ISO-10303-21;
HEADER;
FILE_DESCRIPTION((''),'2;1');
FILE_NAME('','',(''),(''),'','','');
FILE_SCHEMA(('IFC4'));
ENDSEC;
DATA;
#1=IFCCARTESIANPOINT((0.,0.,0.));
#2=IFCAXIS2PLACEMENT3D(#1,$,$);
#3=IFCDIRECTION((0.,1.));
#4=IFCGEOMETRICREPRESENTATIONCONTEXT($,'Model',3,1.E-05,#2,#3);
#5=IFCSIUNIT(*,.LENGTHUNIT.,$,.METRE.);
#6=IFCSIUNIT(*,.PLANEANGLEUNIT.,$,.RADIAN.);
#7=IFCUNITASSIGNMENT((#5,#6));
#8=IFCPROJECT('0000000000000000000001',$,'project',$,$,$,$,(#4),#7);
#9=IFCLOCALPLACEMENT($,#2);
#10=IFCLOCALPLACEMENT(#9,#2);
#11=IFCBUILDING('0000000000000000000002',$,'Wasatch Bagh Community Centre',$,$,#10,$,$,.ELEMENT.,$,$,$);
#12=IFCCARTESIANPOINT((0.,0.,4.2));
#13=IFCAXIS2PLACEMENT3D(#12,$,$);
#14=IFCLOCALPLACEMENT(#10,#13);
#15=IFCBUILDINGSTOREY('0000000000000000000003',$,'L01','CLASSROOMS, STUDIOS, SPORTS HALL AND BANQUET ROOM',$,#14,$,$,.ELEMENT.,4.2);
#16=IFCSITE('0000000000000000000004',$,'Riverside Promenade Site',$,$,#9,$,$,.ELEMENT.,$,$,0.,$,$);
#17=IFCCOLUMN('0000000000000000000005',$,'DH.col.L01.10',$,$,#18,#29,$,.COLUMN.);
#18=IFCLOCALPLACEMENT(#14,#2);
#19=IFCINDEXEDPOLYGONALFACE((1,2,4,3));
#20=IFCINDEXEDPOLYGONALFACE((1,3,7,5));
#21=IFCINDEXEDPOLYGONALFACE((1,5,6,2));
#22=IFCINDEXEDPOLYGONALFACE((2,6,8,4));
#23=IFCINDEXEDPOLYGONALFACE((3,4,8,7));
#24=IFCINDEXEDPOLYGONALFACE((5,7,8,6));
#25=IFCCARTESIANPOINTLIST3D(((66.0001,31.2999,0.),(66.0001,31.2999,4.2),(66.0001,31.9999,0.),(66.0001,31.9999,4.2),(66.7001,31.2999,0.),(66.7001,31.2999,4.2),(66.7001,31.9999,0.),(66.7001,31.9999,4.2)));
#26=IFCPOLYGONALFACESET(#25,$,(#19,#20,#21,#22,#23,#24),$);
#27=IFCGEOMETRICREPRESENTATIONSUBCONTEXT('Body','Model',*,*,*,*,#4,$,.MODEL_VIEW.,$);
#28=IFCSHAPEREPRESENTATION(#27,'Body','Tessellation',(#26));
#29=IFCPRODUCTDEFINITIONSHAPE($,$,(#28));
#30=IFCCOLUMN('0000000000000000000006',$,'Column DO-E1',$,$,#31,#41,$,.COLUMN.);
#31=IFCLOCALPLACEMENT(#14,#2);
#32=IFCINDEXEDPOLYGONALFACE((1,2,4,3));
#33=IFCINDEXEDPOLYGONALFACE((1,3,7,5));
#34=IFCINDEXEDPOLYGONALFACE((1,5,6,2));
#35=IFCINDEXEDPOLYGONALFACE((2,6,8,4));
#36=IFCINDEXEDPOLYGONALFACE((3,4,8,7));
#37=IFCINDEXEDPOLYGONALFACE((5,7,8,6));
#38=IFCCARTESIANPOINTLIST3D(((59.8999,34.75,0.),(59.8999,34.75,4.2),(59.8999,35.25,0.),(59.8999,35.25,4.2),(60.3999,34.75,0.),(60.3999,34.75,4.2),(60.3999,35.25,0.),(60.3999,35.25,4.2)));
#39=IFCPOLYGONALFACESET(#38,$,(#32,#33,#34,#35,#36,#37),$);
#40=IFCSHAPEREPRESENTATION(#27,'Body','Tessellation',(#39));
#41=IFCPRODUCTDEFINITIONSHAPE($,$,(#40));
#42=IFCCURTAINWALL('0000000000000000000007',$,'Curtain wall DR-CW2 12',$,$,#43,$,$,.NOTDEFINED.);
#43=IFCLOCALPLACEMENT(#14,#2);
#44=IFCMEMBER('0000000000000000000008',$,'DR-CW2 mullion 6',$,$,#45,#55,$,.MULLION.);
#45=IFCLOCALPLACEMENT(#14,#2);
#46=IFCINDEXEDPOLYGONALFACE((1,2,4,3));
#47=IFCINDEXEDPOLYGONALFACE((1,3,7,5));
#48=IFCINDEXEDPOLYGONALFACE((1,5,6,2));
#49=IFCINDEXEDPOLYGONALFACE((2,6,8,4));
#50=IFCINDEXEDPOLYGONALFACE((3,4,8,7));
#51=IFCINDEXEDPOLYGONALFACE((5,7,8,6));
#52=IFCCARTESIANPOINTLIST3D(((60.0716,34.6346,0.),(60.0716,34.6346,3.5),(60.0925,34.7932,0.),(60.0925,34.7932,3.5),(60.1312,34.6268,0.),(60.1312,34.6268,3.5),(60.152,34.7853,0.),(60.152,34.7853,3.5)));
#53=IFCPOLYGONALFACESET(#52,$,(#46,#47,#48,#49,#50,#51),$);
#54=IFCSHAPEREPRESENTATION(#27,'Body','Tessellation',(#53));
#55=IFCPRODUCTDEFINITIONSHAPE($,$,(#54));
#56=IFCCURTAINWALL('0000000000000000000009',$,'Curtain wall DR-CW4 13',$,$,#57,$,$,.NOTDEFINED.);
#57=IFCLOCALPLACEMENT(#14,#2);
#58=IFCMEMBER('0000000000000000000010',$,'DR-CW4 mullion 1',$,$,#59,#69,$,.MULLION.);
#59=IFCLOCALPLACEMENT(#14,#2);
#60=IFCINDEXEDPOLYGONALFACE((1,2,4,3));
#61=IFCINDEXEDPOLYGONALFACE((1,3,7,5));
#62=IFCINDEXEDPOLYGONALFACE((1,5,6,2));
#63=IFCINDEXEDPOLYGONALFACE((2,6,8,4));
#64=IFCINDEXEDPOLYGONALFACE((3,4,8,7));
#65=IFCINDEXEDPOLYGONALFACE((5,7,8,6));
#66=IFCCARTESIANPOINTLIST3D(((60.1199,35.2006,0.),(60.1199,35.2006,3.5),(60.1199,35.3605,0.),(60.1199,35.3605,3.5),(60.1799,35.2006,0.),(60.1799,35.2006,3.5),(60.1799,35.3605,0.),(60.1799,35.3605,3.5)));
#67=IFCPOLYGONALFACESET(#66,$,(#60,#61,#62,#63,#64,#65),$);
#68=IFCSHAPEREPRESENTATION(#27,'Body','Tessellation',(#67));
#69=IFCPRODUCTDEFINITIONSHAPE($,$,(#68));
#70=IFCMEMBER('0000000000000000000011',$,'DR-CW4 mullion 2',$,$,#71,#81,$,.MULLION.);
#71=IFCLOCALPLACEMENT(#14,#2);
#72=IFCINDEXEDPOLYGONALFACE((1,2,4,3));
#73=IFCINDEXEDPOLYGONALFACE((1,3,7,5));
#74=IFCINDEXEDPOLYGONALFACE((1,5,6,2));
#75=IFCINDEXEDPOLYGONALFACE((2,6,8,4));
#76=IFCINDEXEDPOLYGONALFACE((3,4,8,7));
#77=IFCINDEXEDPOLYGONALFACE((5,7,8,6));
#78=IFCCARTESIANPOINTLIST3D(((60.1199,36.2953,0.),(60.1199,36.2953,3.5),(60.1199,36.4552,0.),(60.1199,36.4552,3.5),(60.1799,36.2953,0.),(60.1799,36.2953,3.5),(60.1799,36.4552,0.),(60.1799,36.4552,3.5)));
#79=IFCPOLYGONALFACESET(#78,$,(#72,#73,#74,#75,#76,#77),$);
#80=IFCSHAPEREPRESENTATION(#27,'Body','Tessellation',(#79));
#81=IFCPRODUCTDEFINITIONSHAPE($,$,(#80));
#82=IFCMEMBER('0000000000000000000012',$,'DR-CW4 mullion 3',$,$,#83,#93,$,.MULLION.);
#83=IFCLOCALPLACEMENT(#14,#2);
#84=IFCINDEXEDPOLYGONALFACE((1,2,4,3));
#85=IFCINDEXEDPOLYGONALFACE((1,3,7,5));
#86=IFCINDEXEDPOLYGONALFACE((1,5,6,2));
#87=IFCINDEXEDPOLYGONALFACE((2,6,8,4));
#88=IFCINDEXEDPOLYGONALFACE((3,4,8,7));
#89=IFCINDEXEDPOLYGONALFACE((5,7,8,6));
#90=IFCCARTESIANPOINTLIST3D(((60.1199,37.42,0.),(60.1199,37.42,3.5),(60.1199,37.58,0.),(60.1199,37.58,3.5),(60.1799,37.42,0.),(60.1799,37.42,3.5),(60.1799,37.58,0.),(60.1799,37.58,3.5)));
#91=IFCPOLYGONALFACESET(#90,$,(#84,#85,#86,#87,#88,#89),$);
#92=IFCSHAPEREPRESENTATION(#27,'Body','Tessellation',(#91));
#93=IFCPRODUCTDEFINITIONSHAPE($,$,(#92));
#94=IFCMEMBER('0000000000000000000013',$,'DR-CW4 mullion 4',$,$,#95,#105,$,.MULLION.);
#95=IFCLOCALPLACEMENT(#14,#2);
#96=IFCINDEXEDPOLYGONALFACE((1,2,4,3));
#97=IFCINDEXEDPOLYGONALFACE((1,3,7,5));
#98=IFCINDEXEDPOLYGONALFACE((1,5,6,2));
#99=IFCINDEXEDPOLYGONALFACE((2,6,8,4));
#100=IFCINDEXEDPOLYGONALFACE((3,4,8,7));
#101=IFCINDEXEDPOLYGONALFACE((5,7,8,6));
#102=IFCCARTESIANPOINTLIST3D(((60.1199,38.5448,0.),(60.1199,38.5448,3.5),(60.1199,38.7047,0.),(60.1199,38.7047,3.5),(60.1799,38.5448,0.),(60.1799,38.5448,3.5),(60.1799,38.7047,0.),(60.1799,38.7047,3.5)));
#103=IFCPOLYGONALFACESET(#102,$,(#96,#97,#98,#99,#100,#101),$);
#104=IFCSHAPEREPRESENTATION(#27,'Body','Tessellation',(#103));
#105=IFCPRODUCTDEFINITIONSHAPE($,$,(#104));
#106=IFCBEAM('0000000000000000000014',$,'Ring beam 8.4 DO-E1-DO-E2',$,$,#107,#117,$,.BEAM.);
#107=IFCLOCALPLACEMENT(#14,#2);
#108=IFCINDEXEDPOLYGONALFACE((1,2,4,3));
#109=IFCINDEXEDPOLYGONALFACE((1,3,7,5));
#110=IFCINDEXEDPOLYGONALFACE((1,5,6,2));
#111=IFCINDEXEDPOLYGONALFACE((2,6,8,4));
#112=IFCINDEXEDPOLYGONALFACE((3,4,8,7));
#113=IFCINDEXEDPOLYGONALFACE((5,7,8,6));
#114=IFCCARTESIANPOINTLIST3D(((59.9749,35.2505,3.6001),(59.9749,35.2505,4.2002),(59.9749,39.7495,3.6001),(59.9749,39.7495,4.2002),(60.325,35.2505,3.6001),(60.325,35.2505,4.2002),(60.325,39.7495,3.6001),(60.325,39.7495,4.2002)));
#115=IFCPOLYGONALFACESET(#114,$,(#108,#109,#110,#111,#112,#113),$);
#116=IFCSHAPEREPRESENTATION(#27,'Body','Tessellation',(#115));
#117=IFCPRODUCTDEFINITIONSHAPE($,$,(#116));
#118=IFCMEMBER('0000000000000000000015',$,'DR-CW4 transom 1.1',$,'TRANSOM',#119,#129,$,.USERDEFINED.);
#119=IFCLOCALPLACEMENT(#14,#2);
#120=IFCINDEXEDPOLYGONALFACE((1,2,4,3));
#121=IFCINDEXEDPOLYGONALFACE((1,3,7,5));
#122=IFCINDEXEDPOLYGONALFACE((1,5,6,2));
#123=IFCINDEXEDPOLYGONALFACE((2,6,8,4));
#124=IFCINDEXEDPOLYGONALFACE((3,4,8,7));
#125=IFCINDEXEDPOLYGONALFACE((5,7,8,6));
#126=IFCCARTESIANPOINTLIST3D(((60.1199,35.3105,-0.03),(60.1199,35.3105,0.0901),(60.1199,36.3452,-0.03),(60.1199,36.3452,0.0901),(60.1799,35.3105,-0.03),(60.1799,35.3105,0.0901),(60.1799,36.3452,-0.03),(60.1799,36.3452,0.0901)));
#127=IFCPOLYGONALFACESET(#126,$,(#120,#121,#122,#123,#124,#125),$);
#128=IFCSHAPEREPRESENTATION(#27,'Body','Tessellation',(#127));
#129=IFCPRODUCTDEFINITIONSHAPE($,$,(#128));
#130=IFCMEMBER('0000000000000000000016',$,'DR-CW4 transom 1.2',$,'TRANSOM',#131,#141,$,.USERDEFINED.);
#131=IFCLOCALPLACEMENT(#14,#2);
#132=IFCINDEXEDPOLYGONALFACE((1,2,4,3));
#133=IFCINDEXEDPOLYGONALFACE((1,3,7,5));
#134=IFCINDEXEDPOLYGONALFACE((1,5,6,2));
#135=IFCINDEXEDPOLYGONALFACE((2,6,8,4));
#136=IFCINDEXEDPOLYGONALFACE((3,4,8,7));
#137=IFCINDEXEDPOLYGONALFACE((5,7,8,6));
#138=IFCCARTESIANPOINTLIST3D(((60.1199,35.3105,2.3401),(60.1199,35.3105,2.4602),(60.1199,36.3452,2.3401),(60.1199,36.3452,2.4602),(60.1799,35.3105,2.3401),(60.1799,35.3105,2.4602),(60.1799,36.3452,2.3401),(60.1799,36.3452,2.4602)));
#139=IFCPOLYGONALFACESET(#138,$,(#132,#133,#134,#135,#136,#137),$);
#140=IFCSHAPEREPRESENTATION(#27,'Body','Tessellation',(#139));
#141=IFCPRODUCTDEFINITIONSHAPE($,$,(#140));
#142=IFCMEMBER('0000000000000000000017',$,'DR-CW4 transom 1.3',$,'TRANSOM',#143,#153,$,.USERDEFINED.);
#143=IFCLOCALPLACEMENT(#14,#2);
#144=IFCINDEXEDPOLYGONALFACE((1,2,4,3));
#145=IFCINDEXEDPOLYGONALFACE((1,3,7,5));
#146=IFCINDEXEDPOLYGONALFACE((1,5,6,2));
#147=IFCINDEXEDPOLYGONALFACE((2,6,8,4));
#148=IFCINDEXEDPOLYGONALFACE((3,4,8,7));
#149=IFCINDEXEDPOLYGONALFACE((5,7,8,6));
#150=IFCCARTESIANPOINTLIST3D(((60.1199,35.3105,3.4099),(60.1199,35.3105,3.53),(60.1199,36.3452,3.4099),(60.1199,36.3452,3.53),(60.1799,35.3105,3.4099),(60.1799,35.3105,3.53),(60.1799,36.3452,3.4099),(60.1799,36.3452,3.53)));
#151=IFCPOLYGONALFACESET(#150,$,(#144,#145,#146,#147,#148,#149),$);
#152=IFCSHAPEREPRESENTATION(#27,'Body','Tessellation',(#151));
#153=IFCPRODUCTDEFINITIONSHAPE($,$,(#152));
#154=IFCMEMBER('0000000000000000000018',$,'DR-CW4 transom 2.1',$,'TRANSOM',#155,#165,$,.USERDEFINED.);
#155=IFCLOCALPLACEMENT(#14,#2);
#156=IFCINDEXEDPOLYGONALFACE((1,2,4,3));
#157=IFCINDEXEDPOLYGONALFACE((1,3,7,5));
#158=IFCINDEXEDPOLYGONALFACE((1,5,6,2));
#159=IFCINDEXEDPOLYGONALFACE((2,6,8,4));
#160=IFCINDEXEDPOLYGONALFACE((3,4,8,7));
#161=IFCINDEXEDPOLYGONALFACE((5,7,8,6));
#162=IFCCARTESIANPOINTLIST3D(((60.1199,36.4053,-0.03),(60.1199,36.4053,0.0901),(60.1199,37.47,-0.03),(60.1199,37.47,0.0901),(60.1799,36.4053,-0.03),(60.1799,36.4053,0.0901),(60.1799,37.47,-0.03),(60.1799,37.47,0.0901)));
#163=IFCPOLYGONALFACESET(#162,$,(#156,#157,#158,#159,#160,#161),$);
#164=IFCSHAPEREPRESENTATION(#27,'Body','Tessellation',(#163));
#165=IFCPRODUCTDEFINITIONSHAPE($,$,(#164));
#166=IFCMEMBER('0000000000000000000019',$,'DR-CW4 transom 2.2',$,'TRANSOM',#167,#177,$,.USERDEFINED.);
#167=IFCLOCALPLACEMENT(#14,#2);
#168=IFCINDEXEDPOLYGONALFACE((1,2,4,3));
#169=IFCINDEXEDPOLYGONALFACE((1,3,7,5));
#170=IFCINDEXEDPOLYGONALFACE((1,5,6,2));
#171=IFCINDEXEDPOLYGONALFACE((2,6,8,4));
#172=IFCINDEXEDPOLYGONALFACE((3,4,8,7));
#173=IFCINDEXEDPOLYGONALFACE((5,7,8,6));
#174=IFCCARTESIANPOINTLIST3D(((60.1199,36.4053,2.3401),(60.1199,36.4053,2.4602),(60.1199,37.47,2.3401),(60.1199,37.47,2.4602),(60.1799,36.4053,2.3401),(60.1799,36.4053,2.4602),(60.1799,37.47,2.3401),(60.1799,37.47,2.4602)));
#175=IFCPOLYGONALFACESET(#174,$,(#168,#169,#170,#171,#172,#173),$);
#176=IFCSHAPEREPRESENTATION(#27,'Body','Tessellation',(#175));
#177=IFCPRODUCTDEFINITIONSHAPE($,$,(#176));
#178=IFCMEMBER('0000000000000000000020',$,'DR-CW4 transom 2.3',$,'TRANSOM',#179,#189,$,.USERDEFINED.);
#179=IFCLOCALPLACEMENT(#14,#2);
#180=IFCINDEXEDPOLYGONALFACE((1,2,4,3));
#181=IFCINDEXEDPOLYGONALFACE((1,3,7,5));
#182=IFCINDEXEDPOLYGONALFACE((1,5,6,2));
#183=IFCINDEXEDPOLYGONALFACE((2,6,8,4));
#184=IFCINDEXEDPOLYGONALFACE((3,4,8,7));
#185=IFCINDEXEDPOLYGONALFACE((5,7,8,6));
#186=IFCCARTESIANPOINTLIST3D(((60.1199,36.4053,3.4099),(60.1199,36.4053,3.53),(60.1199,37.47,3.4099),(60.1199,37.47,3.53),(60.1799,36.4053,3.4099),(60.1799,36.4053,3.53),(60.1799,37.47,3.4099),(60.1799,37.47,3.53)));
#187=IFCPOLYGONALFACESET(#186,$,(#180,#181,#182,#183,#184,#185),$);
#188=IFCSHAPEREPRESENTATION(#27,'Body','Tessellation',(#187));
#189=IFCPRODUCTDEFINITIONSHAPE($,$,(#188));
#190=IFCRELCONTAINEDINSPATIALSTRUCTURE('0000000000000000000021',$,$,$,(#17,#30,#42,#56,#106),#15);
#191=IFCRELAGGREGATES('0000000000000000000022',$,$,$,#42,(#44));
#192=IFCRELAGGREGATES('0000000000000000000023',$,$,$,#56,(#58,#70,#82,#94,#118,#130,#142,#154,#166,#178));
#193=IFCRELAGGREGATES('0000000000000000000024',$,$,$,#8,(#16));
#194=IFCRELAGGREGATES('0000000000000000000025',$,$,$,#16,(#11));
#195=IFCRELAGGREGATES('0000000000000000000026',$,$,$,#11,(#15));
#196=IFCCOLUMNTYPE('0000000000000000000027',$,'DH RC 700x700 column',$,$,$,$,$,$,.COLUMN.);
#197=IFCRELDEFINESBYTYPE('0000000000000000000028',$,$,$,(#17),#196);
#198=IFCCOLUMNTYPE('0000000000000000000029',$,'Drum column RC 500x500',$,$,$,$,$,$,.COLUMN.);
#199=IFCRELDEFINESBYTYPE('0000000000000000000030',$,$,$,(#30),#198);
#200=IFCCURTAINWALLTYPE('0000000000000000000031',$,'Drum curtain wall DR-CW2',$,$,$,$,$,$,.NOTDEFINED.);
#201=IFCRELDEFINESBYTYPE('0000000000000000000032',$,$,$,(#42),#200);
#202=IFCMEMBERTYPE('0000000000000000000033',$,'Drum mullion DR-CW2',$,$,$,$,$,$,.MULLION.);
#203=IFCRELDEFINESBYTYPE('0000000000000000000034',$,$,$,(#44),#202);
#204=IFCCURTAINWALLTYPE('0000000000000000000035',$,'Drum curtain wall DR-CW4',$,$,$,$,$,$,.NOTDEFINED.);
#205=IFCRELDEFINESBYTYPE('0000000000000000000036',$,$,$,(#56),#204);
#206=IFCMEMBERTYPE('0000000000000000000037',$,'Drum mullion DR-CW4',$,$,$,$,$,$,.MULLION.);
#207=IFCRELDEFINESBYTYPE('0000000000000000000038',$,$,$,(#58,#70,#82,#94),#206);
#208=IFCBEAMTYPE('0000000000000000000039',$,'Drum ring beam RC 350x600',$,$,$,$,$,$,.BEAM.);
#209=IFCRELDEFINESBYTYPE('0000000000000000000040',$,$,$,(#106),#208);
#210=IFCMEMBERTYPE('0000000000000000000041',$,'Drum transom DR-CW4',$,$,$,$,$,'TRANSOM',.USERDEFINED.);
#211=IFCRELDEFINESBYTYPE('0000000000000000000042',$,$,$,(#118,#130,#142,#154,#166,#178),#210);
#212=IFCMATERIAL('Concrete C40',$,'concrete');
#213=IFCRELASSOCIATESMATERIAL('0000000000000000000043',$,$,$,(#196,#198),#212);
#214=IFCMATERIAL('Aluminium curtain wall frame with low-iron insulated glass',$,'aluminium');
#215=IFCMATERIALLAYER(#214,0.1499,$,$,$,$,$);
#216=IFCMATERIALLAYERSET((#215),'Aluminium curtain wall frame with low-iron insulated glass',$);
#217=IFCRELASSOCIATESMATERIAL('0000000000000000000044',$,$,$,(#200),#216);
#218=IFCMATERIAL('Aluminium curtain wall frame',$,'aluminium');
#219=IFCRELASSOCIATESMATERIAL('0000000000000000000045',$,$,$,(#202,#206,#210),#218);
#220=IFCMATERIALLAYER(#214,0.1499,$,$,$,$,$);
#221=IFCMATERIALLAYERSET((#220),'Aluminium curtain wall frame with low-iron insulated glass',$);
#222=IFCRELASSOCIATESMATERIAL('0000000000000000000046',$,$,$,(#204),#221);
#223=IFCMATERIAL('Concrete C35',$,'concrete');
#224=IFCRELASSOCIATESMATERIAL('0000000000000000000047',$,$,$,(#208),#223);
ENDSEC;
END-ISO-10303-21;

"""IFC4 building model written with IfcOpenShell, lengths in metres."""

from ifc_helpers import new_model, si_unit, direction, frame, origin, origin_2d, place, context, subcontext, project, spatial, rectangle, extrude, material, layer, layer_set, material_profile, profile_set, type_object, element, aggregate, save


model = new_model("IFC4")

# Units and contexts
model_context = context("Model", 3, precision=1e-05, world=origin(), true_north=direction((0.0, 1.0)))
body_context = subcontext(model_context, "Body", "Model", "MODEL_VIEW")
ifc_project = project(units=[si_unit("LENGTHUNIT", "METRE"), si_unit("PLANEANGLEUNIT", "RADIAN")], contexts=[model_context])

# Site, building, storey
site_placement = place(None, origin())
site = spatial("IfcSite", under=ifc_project, at=site_placement, Name="Riverside Promenade Site", CompositionType="ELEMENT", RefElevation=0.0)
building_placement = place(site_placement, origin())
building = spatial("IfcBuilding", under=site, at=building_placement, Name="Wasatch Bagh Community Centre", CompositionType="ELEMENT")
storey_placement = place(building_placement, frame((0.0, 0.0, 4.2)))
storey = spatial("IfcBuildingStorey", under=building, at=storey_placement, Name="L01", Description="CLASSROOMS, STUDIOS, SPORTS HALL AND BANQUET ROOM", CompositionType="ELEMENT", Elevation=4.2)

# Columns
ifc_material_1 = material(Name="Concrete C40", Category="concrete")
ifc_material_profile_1 = material_profile(ifc_material_1, rectangle(XDim=0.7, YDim=0.7, at=origin_2d()), Name="RC 700x700")
ifc_profile_set_1 = profile_set([ifc_material_profile_1], Name="Concrete C40")
column_type_1 = type_object("IfcColumnType", Name="DH RC 700x700 column", PredefinedType="COLUMN", material=ifc_profile_set_1)
column_1_placement = place(storey_placement, frame((66.3501, 31.6499, 0.0), z_axis=(0.0, 0.0, 1.0), x_axis=(1.0, 0.0, 0.0)))
element("IfcColumn", 1, at=column_1_placement, inside=storey, type_object=column_type_1, Name="DH.col.L01.10", PredefinedType="COLUMN", context=body_context, shape_type="SweptSolid", body=[
    extrude(rectangle(XDim=0.7, YDim=0.7, at=origin_2d()), origin(), (0.0, 0.0, 1.0), 4.2),
])
ifc_material_profile_2 = material_profile(ifc_material_1, rectangle(XDim=0.5, YDim=0.5, at=origin_2d()), Name="RC 500x500")
ifc_profile_set_2 = profile_set([ifc_material_profile_2], Name="Concrete C40")
column_type_2 = type_object("IfcColumnType", Name="Drum column RC 500x500", PredefinedType="COLUMN", material=ifc_profile_set_2)
column_2_placement = place(storey_placement, frame((60.1499, 35.0, 0.0), z_axis=(0.0, 0.0, 1.0), x_axis=(1.0, 0.0, 0.0)))
element("IfcColumn", 2, at=column_2_placement, inside=storey, type_object=column_type_2, Name="Column DO-E1", PredefinedType="COLUMN", context=body_context, shape_type="SweptSolid", body=[
    extrude(rectangle(XDim=0.5, YDim=0.5, at=origin_2d()), origin(), (0.0, 0.0, 1.0), 4.2),
])

# Curtain wall, member
ifc_material_2 = material(Name="Aluminium curtain wall frame with low-iron insulated glass", Category="aluminium")
ifc_layer_1 = layer(ifc_material_2, 0.1499)
ifc_layer_set_1 = layer_set([ifc_layer_1], Name="Aluminium curtain wall frame with low-iron insulated glass")
curtain_wall_type_1 = type_object("IfcCurtainWallType", Name="Drum curtain wall DR-CW2", PredefinedType="NOTDEFINED", material=ifc_layer_set_1)
curtain_wall_1_placement = place(storey_placement, origin())
curtain_wall_1 = element("IfcCurtainWall", 3, at=curtain_wall_1_placement, inside=storey, type_object=curtain_wall_type_1, Name="Curtain wall DR-CW2 12", PredefinedType="NOTDEFINED")
ifc_material_3 = material(Name="Aluminium curtain wall frame", Category="aluminium")
ifc_material_profile_3 = material_profile(ifc_material_3, rectangle(XDim=0.0601, YDim=0.1599, at=origin_2d()), Name="Drum mullion DR-CW2")
ifc_profile_set_3 = profile_set([ifc_material_profile_3], Name="Aluminium curtain wall frame")
member_type_1 = type_object("IfcMemberType", Name="Drum mullion DR-CW2", PredefinedType="MULLION", material=ifc_profile_set_3)
member_1_placement = place(storey_placement, frame((60.1118, 34.71, 0.0), z_axis=(0.0, 0.0, 1.0), x_axis=(-0.991445, 0.130526, 0.0)))
member_1 = element("IfcMember", 4, at=member_1_placement, type_object=member_type_1, Name="DR-CW2 mullion 6", PredefinedType="MULLION", context=body_context, shape_type="SweptSolid", body=[
    extrude(rectangle(XDim=0.0601, YDim=0.1599, at=origin_2d()), origin(), (0.0, 0.0, 1.0), 3.5),
])
aggregate(curtain_wall_1, [member_1])

# Curtain wall, members
ifc_layer_2 = layer(ifc_material_2, 0.1499)
ifc_layer_set_2 = layer_set([ifc_layer_2], Name="Aluminium curtain wall frame with low-iron insulated glass")
curtain_wall_type_2 = type_object("IfcCurtainWallType", Name="Drum curtain wall DR-CW4", PredefinedType="NOTDEFINED", material=ifc_layer_set_2)
curtain_wall_2_placement = place(storey_placement, origin())
curtain_wall_2 = element("IfcCurtainWall", 5, at=curtain_wall_2_placement, inside=storey, type_object=curtain_wall_type_2, Name="Curtain wall DR-CW4 13", PredefinedType="NOTDEFINED")
ifc_material_profile_4 = material_profile(ifc_material_3, rectangle(XDim=0.0601, YDim=0.1599, at=origin_2d()), Name="Drum mullion DR-CW4")
ifc_profile_set_4 = profile_set([ifc_material_profile_4], Name="Aluminium curtain wall frame")
member_type_2 = type_object("IfcMemberType", Name="Drum mullion DR-CW4", PredefinedType="MULLION", material=ifc_profile_set_4)
member_2_placement = place(storey_placement, frame((60.1499, 35.2805, 0.0), z_axis=(0.0, 0.0, 1.0), x_axis=(-1.0, 0.0, 0.0)))
member_2 = element("IfcMember", 6, at=member_2_placement, type_object=member_type_2, Name="DR-CW4 mullion 1", PredefinedType="MULLION", context=body_context, shape_type="SweptSolid", body=[
    extrude(rectangle(XDim=0.0601, YDim=0.1599, at=origin_2d()), origin(), (0.0, 0.0, 1.0), 3.5),
])
member_3_placement = place(storey_placement, frame((60.1499, 36.3752, 0.0), z_axis=(0.0, 0.0, 1.0), x_axis=(-1.0, 0.0, 0.0)))
member_3 = element("IfcMember", 7, at=member_3_placement, type_object=member_type_2, Name="DR-CW4 mullion 2", PredefinedType="MULLION", context=body_context, shape_type="SweptSolid", body=[
    extrude(rectangle(XDim=0.0601, YDim=0.1599, at=origin_2d()), origin(), (0.0, 0.0, 1.0), 3.5),
])
member_4_placement = place(storey_placement, frame((60.1499, 37.5, 0.0), z_axis=(0.0, 0.0, 1.0), x_axis=(-1.0, 0.0, 0.0)))
member_4 = element("IfcMember", 8, at=member_4_placement, type_object=member_type_2, Name="DR-CW4 mullion 3", PredefinedType="MULLION", context=body_context, shape_type="SweptSolid", body=[
    extrude(rectangle(XDim=0.0601, YDim=0.1599, at=origin_2d()), origin(), (0.0, 0.0, 1.0), 3.5),
])
member_5_placement = place(storey_placement, frame((60.1499, 38.6248, 0.0), z_axis=(0.0, 0.0, 1.0), x_axis=(-1.0, 0.0, 0.0)))
member_5 = element("IfcMember", 9, at=member_5_placement, type_object=member_type_2, Name="DR-CW4 mullion 4", PredefinedType="MULLION", context=body_context, shape_type="SweptSolid", body=[
    extrude(rectangle(XDim=0.0601, YDim=0.1599, at=origin_2d()), origin(), (0.0, 0.0, 1.0), 3.5),
])

# Beam
ifc_material_4 = material(Name="Concrete C35", Category="concrete")
ifc_material_profile_5 = material_profile(ifc_material_4, rectangle(XDim=0.3501, YDim=0.6001, at=origin_2d()), Name="RC 350x600")
ifc_profile_set_5 = profile_set([ifc_material_profile_5], Name="Concrete C35")
beam_type = type_object("IfcBeamType", Name="Drum ring beam RC 350x600", PredefinedType="BEAM", material=ifc_profile_set_5)
beam_placement = place(storey_placement, frame((60.1499, 35.2505, 3.9001), z_axis=(0.0, 1.0, 0.0), x_axis=(-1.0, 0.0, 0.0)))
element("IfcBeam", 10, at=beam_placement, inside=storey, type_object=beam_type, Name="Ring beam 8.4 DO-E1-DO-E2", PredefinedType="BEAM", context=body_context, shape_type="SweptSolid", body=[
    extrude(rectangle(XDim=0.3501, YDim=0.6001, at=origin_2d()), origin(), (0.0, 0.0, 1.0), 4.499),
])

# Members
ifc_material_profile_6 = material_profile(ifc_material_3, rectangle(XDim=0.0601, YDim=0.1201, at=origin_2d()), Name="Drum transom DR-CW4")
ifc_profile_set_6 = profile_set([ifc_material_profile_6], Name="Aluminium curtain wall frame")
member_type_3 = type_object("IfcMemberType", Name="Drum transom DR-CW4", ElementType="TRANSOM", PredefinedType="USERDEFINED", material=ifc_profile_set_6)
member_6_placement = place(storey_placement, frame((60.1499, 35.3105, 0.03), z_axis=(0.0, 1.0, 0.0), x_axis=(-1.0, 0.0, 0.0)))
member_6 = element("IfcMember", 11, at=member_6_placement, type_object=member_type_3, Name="DR-CW4 transom 1.1", ObjectType="TRANSOM", PredefinedType="USERDEFINED", context=body_context, shape_type="SweptSolid", body=[
    extrude(rectangle(XDim=0.0601, YDim=0.1201, at=origin_2d()), origin(), (0.0, 0.0, 1.0), 1.0347),
])
member_7_placement = place(storey_placement, frame((60.1499, 35.3105, 2.4001), z_axis=(0.0, 1.0, 0.0), x_axis=(-1.0, 0.0, 0.0)))
member_7 = element("IfcMember", 12, at=member_7_placement, type_object=member_type_3, Name="DR-CW4 transom 1.2", ObjectType="TRANSOM", PredefinedType="USERDEFINED", context=body_context, shape_type="SweptSolid", body=[
    extrude(rectangle(XDim=0.0601, YDim=0.1201, at=origin_2d()), origin(), (0.0, 0.0, 1.0), 1.0347),
])
member_8_placement = place(storey_placement, frame((60.1499, 35.3105, 3.47), z_axis=(0.0, 1.0, 0.0), x_axis=(-1.0, 0.0, 0.0)))
member_8 = element("IfcMember", 13, at=member_8_placement, type_object=member_type_3, Name="DR-CW4 transom 1.3", ObjectType="TRANSOM", PredefinedType="USERDEFINED", context=body_context, shape_type="SweptSolid", body=[
    extrude(rectangle(XDim=0.0601, YDim=0.1201, at=origin_2d()), origin(), (0.0, 0.0, 1.0), 1.0347),
])
member_9_placement = place(storey_placement, frame((60.1499, 36.4053, 0.03), z_axis=(0.0, 1.0, 0.0), x_axis=(-1.0, 0.0, 0.0)))
member_9 = element("IfcMember", 14, at=member_9_placement, type_object=member_type_3, Name="DR-CW4 transom 2.1", ObjectType="TRANSOM", PredefinedType="USERDEFINED", context=body_context, shape_type="SweptSolid", body=[
    extrude(rectangle(XDim=0.0601, YDim=0.1201, at=origin_2d()), origin(), (0.0, 0.0, 1.0), 1.0647),
])
member_10_placement = place(storey_placement, frame((60.1499, 36.4053, 2.4001), z_axis=(0.0, 1.0, 0.0), x_axis=(-1.0, 0.0, 0.0)))
member_10 = element("IfcMember", 15, at=member_10_placement, type_object=member_type_3, Name="DR-CW4 transom 2.2", ObjectType="TRANSOM", PredefinedType="USERDEFINED", context=body_context, shape_type="SweptSolid", body=[
    extrude(rectangle(XDim=0.0601, YDim=0.1201, at=origin_2d()), origin(), (0.0, 0.0, 1.0), 1.0647),
])
member_11_placement = place(storey_placement, frame((60.1499, 36.4053, 3.47), z_axis=(0.0, 1.0, 0.0), x_axis=(-1.0, 0.0, 0.0)))
member_11 = element("IfcMember", 16, at=member_11_placement, type_object=member_type_3, Name="DR-CW4 transom 2.3", ObjectType="TRANSOM", PredefinedType="USERDEFINED", context=body_context, shape_type="SweptSolid", body=[
    extrude(rectangle(XDim=0.0601, YDim=0.1201, at=origin_2d()), origin(), (0.0, 0.0, 1.0), 1.0647),
])

aggregate(curtain_wall_2, [member_2, member_3, member_4, member_5, member_6, member_7, member_8, member_9, member_10, member_11])

save(model, "model.ifc")
